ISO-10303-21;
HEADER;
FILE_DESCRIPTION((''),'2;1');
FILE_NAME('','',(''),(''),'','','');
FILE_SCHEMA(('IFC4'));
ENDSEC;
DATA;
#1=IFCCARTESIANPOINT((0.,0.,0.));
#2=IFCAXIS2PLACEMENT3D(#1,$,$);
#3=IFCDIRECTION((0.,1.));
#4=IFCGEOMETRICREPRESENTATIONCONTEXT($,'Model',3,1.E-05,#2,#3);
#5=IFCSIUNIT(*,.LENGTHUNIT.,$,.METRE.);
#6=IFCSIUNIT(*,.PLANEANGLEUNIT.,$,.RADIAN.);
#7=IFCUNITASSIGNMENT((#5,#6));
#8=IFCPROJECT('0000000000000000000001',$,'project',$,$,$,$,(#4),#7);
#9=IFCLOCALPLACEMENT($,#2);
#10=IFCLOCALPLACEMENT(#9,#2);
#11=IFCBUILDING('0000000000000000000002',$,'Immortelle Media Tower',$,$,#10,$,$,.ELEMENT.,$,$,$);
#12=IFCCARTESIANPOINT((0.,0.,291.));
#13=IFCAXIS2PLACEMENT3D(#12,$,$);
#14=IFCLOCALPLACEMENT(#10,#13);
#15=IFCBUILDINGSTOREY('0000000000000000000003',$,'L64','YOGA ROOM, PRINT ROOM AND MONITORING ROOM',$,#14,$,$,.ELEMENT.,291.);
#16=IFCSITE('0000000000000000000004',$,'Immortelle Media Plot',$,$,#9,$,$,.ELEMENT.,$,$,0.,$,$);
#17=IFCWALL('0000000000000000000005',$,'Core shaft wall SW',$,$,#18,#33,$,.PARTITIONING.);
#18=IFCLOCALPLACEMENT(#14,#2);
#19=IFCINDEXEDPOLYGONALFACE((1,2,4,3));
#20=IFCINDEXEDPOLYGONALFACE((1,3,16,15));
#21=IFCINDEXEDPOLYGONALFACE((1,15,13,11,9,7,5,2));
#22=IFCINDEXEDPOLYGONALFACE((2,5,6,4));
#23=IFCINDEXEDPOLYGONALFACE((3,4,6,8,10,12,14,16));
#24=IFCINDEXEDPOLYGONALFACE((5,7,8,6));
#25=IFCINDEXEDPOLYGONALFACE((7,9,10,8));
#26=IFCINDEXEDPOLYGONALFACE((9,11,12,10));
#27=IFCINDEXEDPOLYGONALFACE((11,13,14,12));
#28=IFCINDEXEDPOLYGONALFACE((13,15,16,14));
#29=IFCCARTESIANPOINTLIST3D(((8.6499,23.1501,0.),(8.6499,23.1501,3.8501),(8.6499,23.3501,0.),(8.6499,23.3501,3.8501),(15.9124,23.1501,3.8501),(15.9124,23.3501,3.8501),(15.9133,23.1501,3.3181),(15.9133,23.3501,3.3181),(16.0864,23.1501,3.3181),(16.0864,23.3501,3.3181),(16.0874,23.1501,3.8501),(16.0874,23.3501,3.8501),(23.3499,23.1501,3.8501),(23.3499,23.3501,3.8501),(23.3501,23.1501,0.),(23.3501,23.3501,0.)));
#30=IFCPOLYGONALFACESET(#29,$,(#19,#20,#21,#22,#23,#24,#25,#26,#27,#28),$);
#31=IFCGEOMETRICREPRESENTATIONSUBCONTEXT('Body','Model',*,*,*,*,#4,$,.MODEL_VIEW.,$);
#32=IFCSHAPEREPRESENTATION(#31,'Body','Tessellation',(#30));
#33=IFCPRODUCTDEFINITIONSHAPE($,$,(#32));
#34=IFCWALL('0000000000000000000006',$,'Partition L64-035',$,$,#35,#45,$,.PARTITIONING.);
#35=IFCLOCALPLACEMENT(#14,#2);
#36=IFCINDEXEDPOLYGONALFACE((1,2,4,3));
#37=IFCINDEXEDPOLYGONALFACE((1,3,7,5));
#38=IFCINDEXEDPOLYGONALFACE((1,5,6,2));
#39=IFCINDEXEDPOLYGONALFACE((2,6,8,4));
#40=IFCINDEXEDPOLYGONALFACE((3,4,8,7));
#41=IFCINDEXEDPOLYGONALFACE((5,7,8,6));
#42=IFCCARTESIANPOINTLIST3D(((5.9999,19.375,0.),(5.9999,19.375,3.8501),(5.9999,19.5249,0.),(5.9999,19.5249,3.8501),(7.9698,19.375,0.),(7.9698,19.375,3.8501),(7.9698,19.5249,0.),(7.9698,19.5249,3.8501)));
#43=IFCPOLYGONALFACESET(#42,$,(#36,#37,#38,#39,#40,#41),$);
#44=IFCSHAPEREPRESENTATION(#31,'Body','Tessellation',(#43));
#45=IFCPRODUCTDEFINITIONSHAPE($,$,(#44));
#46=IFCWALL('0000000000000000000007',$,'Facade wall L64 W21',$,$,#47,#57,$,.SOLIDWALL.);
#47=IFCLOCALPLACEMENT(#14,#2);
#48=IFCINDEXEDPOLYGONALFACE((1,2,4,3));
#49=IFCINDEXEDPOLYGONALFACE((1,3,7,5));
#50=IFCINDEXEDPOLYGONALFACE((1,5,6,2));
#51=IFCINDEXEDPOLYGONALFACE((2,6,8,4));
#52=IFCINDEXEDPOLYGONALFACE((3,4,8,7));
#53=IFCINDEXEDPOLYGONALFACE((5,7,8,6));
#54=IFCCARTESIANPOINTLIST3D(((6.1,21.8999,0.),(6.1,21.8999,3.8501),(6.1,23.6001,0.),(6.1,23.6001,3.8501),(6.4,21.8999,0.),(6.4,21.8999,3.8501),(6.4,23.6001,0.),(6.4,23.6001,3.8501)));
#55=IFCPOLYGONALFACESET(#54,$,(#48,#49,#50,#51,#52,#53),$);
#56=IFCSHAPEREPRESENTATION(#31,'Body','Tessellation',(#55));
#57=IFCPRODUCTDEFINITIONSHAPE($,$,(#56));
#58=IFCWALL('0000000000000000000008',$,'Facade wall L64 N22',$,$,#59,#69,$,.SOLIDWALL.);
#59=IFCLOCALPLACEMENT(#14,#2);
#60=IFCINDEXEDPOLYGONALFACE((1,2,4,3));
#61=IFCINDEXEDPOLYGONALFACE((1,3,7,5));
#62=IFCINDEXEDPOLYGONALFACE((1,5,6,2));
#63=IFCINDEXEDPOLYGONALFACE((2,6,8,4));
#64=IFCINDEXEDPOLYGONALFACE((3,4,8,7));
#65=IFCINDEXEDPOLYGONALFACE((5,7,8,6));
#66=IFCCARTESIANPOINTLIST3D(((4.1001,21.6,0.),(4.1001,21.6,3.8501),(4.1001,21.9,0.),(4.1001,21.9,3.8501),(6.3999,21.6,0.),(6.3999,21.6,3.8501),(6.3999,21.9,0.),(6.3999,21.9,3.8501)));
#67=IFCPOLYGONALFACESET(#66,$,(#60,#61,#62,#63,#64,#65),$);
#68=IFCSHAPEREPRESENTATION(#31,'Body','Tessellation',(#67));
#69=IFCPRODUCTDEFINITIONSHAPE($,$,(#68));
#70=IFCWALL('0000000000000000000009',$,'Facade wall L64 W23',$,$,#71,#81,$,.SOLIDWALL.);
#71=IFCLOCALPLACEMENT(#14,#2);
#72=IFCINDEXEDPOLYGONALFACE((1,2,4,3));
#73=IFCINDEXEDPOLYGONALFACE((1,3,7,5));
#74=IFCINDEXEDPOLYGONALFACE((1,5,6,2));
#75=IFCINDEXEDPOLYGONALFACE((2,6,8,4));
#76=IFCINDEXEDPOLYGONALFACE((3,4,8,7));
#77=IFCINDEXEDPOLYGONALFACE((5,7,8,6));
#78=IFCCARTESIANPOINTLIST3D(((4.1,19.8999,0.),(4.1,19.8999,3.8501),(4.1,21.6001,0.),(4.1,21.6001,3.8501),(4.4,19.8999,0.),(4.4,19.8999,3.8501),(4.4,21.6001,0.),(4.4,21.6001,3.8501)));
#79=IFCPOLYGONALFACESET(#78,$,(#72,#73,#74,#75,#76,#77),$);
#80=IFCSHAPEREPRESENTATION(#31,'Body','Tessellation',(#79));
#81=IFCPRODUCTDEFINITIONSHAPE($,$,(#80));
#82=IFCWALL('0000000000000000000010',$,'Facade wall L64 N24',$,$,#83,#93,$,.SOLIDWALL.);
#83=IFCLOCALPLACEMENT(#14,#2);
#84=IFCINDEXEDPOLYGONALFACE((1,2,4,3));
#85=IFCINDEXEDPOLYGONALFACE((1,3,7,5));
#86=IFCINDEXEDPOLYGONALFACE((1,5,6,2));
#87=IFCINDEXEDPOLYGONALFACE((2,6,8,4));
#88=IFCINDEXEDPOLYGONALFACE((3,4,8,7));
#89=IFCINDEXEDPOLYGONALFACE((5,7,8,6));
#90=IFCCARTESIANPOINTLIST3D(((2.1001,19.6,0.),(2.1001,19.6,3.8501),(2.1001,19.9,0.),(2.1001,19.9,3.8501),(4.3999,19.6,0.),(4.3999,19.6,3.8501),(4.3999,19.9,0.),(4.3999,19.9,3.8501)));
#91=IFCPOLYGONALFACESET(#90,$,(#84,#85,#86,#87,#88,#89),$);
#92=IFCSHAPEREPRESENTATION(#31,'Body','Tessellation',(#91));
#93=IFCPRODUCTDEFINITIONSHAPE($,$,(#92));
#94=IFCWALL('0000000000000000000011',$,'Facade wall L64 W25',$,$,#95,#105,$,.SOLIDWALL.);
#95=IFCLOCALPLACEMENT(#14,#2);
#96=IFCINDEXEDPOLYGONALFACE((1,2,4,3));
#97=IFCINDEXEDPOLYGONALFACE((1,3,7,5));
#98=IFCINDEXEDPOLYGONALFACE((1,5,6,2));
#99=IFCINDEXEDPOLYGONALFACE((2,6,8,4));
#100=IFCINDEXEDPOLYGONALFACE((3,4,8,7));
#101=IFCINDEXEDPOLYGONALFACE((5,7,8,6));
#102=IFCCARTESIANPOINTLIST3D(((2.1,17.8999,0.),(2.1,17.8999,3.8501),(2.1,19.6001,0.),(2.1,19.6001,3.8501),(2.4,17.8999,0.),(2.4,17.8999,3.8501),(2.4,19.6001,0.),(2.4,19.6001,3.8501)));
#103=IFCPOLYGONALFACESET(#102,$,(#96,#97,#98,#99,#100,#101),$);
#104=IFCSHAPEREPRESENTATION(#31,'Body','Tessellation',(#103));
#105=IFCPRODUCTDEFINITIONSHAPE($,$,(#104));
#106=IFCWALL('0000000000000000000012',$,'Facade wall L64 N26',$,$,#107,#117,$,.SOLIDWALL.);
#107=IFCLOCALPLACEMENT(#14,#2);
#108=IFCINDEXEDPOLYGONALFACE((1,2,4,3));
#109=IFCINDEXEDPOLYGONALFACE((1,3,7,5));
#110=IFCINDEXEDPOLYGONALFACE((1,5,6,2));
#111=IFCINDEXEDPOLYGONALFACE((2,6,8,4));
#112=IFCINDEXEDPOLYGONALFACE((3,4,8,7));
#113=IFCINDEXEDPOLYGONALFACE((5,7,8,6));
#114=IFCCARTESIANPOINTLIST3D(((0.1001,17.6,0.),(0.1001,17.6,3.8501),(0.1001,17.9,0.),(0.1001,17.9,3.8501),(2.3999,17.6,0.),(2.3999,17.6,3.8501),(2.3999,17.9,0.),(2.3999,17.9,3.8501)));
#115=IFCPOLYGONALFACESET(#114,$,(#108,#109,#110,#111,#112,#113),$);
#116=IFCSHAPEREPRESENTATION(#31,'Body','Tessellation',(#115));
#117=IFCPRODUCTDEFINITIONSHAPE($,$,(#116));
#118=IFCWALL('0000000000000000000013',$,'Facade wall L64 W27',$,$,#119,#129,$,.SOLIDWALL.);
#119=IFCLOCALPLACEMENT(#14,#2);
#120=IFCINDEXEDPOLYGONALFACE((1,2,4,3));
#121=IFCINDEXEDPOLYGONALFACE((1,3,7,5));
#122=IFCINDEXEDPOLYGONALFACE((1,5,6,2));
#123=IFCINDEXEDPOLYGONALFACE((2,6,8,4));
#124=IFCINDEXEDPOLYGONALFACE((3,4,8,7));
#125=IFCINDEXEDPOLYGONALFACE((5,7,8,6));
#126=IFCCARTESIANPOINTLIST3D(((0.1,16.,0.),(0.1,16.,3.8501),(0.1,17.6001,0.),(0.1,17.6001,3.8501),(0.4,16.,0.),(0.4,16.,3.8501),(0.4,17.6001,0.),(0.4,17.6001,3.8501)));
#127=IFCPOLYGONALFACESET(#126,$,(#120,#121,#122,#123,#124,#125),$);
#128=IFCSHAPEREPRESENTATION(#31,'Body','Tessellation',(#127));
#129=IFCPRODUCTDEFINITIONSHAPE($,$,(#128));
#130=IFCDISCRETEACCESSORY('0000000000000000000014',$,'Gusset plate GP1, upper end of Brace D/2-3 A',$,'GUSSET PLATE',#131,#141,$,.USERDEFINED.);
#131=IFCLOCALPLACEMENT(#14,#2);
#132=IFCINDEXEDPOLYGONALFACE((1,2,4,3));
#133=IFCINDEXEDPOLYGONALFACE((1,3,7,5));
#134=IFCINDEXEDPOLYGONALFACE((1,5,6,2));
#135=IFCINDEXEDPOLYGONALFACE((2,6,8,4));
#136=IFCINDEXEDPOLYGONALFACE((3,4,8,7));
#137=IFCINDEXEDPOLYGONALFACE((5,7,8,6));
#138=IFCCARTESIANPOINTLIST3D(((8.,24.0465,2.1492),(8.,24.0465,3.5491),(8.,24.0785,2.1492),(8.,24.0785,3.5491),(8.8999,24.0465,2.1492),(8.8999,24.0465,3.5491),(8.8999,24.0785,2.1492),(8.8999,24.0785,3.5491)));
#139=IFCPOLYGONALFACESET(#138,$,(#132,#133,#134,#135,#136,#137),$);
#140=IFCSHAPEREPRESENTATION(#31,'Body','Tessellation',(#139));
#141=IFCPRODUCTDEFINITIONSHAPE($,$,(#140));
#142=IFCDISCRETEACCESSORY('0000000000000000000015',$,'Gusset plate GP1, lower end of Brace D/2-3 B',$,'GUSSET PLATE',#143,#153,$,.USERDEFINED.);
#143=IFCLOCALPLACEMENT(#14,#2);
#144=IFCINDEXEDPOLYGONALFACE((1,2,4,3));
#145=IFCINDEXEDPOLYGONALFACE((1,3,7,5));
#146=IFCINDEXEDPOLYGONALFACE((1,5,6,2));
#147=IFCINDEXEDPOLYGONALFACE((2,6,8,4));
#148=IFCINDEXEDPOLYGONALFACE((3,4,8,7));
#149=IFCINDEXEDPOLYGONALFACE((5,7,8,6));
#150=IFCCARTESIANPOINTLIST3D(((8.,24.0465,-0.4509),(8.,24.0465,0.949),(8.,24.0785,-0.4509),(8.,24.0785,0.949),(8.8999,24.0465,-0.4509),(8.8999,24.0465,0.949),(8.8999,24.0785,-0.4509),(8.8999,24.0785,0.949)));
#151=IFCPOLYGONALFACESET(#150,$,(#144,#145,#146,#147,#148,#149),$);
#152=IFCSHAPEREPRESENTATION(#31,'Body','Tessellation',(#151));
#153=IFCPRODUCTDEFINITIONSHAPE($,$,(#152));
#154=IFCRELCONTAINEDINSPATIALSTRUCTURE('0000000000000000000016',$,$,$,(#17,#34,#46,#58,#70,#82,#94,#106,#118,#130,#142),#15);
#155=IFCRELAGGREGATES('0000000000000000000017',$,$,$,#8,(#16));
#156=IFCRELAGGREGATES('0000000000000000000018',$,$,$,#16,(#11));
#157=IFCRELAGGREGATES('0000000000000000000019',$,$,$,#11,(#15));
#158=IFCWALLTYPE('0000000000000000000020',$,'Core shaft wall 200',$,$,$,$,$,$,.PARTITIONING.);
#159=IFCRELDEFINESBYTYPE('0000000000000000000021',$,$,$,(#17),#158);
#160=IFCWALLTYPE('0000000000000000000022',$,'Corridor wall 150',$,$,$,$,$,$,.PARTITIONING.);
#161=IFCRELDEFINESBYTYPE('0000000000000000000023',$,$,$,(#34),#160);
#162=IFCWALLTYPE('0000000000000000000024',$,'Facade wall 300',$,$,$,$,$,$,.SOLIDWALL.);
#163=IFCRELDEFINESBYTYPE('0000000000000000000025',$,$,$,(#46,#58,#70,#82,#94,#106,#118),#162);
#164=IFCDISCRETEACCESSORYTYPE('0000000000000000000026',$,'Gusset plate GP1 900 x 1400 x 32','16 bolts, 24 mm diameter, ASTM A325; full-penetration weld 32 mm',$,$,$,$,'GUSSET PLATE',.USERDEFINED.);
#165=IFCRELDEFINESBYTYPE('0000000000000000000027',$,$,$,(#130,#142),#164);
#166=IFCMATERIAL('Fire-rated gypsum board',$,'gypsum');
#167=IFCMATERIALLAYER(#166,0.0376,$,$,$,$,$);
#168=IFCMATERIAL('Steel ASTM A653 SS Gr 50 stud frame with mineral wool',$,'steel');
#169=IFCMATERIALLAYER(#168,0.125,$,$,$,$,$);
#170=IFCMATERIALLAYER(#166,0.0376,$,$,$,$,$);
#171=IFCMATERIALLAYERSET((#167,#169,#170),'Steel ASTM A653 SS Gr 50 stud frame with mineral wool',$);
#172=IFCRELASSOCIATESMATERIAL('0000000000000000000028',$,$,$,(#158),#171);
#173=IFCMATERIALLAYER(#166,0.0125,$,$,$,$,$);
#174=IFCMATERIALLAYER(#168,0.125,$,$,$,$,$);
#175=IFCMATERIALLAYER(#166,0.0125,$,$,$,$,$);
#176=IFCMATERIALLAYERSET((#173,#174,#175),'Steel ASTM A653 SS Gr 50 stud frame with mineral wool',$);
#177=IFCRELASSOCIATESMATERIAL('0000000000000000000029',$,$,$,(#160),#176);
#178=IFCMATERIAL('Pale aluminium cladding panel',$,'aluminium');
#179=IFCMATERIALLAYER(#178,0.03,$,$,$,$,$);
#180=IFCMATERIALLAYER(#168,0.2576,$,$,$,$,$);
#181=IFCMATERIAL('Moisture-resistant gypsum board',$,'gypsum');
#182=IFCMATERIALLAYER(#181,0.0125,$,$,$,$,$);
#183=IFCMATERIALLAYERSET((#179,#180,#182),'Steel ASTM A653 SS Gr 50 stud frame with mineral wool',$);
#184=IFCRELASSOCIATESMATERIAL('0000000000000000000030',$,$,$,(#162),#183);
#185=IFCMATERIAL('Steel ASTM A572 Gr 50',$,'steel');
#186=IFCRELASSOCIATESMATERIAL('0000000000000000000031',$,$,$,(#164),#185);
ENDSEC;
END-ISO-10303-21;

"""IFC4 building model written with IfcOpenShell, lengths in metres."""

from ifc_helpers import new_model, si_unit, direction, frame, frame_2d, origin, origin_2d, place, context, subcontext, project, spatial, polyline, rectangle, outline, extrude, material, layer, layer_set, material_profile, profile_set, type_object, element, save


model = new_model("IFC4")

# Units and contexts
model_context = context("Model", 3, precision=1e-05, world=origin(), true_north=direction((0.0, 1.0)))
body_context = subcontext(model_context, "Body", "Model", "MODEL_VIEW")
ifc_project = project(units=[si_unit("LENGTHUNIT", "METRE"), si_unit("PLANEANGLEUNIT", "RADIAN")], contexts=[model_context])

# Site, building, storey
site_placement = place(None, origin())
site = spatial("IfcSite", under=ifc_project, at=site_placement, Name="Immortelle Media Plot", CompositionType="ELEMENT", RefElevation=0.0)
building_placement = place(site_placement, origin())
building = spatial("IfcBuilding", under=site, at=building_placement, Name="Immortelle Media Tower", CompositionType="ELEMENT")
storey_placement = place(building_placement, frame((0.0, 0.0, 291.0)))
storey = spatial("IfcBuildingStorey", under=building, at=storey_placement, Name="L64", Description="YOGA ROOM, PRINT ROOM AND MONITORING ROOM", CompositionType="ELEMENT", Elevation=291.0)

# Walls
ifc_material_1 = material(Name="Fire-rated gypsum board", Category="gypsum")
ifc_layer_1 = layer(ifc_material_1, 0.0376)
ifc_material_2 = material(Name="Steel ASTM A653 SS Gr 50 stud frame with mineral wool", Category="steel")
ifc_layer_2 = layer(ifc_material_2, 0.125)
ifc_layer_3 = layer(ifc_material_1, 0.0376)
ifc_layer_set_1 = layer_set([ifc_layer_1, ifc_layer_2, ifc_layer_3], Name="Steel ASTM A653 SS Gr 50 stud frame with mineral wool")
wall_type_1 = type_object("IfcWallType", Name="Core shaft wall 200", PredefinedType="PARTITIONING", material=ifc_layer_set_1)
wall_1_placement = place(storey_placement, frame((8.6499, 23.25, 0.0), z_axis=(0.0, 0.0, 1.0), x_axis=(1.0, 0.0, 0.0)))
element("IfcWall", 1, at=wall_1_placement, inside=storey, type_object=wall_type_1, Name="Core shaft wall SW", PredefinedType="PARTITIONING", context=body_context, shape_type="SweptSolid", body=[
    extrude(outline(polyline([(0.0, 0.0), (14.7002, 0.0), (14.7, 3.8501), (7.4375, 3.8501), (7.4365, 3.3181), (7.2634, 3.3181), (7.2625, 3.8501), (0.0, 3.8501), (0.0, 0.0)])), frame((0.0, 0.1001, 0.0), z_axis=(0.0, -1.0, 0.0), x_axis=(1.0, 0.0, 0.0)), (0.0, 0.0, 1.0), 0.2),
])
ifc_layer_4 = layer(ifc_material_1, 0.0125)
ifc_layer_5 = layer(ifc_material_2, 0.125)
ifc_layer_6 = layer(ifc_material_1, 0.0125)
ifc_layer_set_2 = layer_set([ifc_layer_4, ifc_layer_5, ifc_layer_6], Name="Steel ASTM A653 SS Gr 50 stud frame with mineral wool")
wall_type_2 = type_object("IfcWallType", Name="Corridor wall 150", PredefinedType="PARTITIONING", material=ifc_layer_set_2)
wall_2_placement = place(storey_placement, frame((6.0, 19.45, 0.0), z_axis=(0.0, 0.0, 1.0), x_axis=(1.0, 0.0, 0.0)))
element("IfcWall", 2, at=wall_2_placement, inside=storey, type_object=wall_type_2, Name="Partition L64-035", PredefinedType="PARTITIONING", context=body_context, shape_type="SweptSolid", body=[
    extrude(rectangle(XDim=1.97, YDim=0.1499, at=frame_2d((0.9849, 0.0))), origin(), (0.0, 0.0, 1.0), 3.8501),
])
ifc_material_3 = material(Name="Pale aluminium cladding panel", Category="aluminium")
ifc_layer_7 = layer(ifc_material_3, 0.03)
ifc_layer_8 = layer(ifc_material_2, 0.2576)
ifc_material_4 = material(Name="Moisture-resistant gypsum board", Category="gypsum")
ifc_layer_9 = layer(ifc_material_4, 0.0125)
ifc_layer_set_3 = layer_set([ifc_layer_7, ifc_layer_8, ifc_layer_9], Name="Steel ASTM A653 SS Gr 50 stud frame with mineral wool")
wall_type_3 = type_object("IfcWallType", Name="Facade wall 300", PredefinedType="SOLIDWALL", material=ifc_layer_set_3)
wall_3_placement = place(storey_placement, frame((6.25, 23.6001, 0.0), z_axis=(0.0, 0.0, 1.0), x_axis=(0.0, -1.0, 0.0)))
element("IfcWall", 3, at=wall_3_placement, inside=storey, type_object=wall_type_3, Name="Facade wall L64 W21", PredefinedType="SOLIDWALL", context=body_context, shape_type="SweptSolid", body=[
    extrude(rectangle(XDim=1.7002, YDim=0.3, at=frame_2d((0.8501, 0.0))), origin(), (0.0, 0.0, 1.0), 3.8501),
])
wall_4_placement = place(storey_placement, frame((6.3999, 21.75, 0.0), z_axis=(0.0, 0.0, 1.0), x_axis=(-1.0, 0.0, 0.0)))
element("IfcWall", 4, at=wall_4_placement, inside=storey, type_object=wall_type_3, Name="Facade wall L64 N22", PredefinedType="SOLIDWALL", context=body_context, shape_type="SweptSolid", body=[
    extrude(rectangle(XDim=2.2998, YDim=0.3, at=frame_2d((1.1499, 0.0))), origin(), (0.0, 0.0, 1.0), 3.8501),
])
wall_5_placement = place(storey_placement, frame((4.25, 21.6001, 0.0), z_axis=(0.0, 0.0, 1.0), x_axis=(0.0, -1.0, 0.0)))
element("IfcWall", 5, at=wall_5_placement, inside=storey, type_object=wall_type_3, Name="Facade wall L64 W23", PredefinedType="SOLIDWALL", context=body_context, shape_type="SweptSolid", body=[
    extrude(rectangle(XDim=1.7002, YDim=0.3, at=frame_2d((0.8501, 0.0))), origin(), (0.0, 0.0, 1.0), 3.8501),
])
wall_6_placement = place(storey_placement, frame((4.3999, 19.75, 0.0), z_axis=(0.0, 0.0, 1.0), x_axis=(-1.0, 0.0, 0.0)))
element("IfcWall", 6, at=wall_6_placement, inside=storey, type_object=wall_type_3, Name="Facade wall L64 N24", PredefinedType="SOLIDWALL", context=body_context, shape_type="SweptSolid", body=[
    extrude(rectangle(XDim=2.2998, YDim=0.3, at=frame_2d((1.1499, 0.0))), origin(), (0.0, 0.0, 1.0), 3.8501),
])
wall_7_placement = place(storey_placement, frame((2.25, 19.6001, 0.0), z_axis=(0.0, 0.0, 1.0), x_axis=(0.0, -1.0, 0.0)))
element("IfcWall", 7, at=wall_7_placement, inside=storey, type_object=wall_type_3, Name="Facade wall L64 W25", PredefinedType="SOLIDWALL", context=body_context, shape_type="SweptSolid", body=[
    extrude(rectangle(XDim=1.7002, YDim=0.3, at=frame_2d((0.8501, 0.0))), origin(), (0.0, 0.0, 1.0), 3.8501),
])
wall_8_placement = place(storey_placement, frame((2.3999, 17.75, 0.0), z_axis=(0.0, 0.0, 1.0), x_axis=(-1.0, 0.0, 0.0)))
element("IfcWall", 8, at=wall_8_placement, inside=storey, type_object=wall_type_3, Name="Facade wall L64 N26", PredefinedType="SOLIDWALL", context=body_context, shape_type="SweptSolid", body=[
    extrude(rectangle(XDim=2.2998, YDim=0.3, at=frame_2d((1.1499, 0.0))), origin(), (0.0, 0.0, 1.0), 3.8501),
])
wall_9_placement = place(storey_placement, frame((0.25, 17.6001, 0.0), z_axis=(0.0, 0.0, 1.0), x_axis=(0.0, -1.0, 0.0)))
element("IfcWall", 9, at=wall_9_placement, inside=storey, type_object=wall_type_3, Name="Facade wall L64 W27", PredefinedType="SOLIDWALL", context=body_context, shape_type="SweptSolid", body=[
    extrude(rectangle(XDim=1.6001, YDim=0.3, at=frame_2d((0.8, 0.0))), origin(), (0.0, 0.0, 1.0), 3.8501),
])

# Discrete accessories
ifc_material_5 = material(Name="Steel ASTM A572 Gr 50", Category="steel")
ifc_material_profile_1 = material_profile(ifc_material_5, rectangle(XDim=0.032, YDim=1.3999, at=origin_2d()), Name="PL 32 x 1400")
ifc_profile_set_1 = profile_set([ifc_material_profile_1], Name="Steel ASTM A572 Gr 50")
discrete_accessory_type = type_object("IfcDiscreteAccessoryType", Name="Gusset plate GP1 900 x 1400 x 32", Description="16 bolts, 24 mm diameter, ASTM A325; full-penetration weld 32 mm", ElementType="GUSSET PLATE", PredefinedType="USERDEFINED", material=ifc_profile_set_1)
for number, where, z_axis, x_axis, name in (
    (10, (8.0, 24.0625, 2.8491), (1.0, 0.0, 0.0), (0.0, 1.0, 0.0), "Gusset plate GP1, upper end of Brace D/2-3 A"),
    (11, (8.0, 24.0625, 0.249), (1.0, 0.0, 0.0), (0.0, 1.0, 0.0), "Gusset plate GP1, lower end of Brace D/2-3 B"),
):
    element("IfcDiscreteAccessory", number, at=place(storey_placement, frame(where, z_axis=z_axis, x_axis=x_axis)), inside=storey, type_object=discrete_accessory_type, Name=name, ObjectType="GUSSET PLATE", PredefinedType="USERDEFINED", context=body_context, shape_type="SweptSolid", body=[
        extrude(rectangle(XDim=0.032, YDim=1.3999, at=origin_2d()), origin(), (0.0, 0.0, 1.0), 0.8999),
    ])

save(model, "model.ifc")
